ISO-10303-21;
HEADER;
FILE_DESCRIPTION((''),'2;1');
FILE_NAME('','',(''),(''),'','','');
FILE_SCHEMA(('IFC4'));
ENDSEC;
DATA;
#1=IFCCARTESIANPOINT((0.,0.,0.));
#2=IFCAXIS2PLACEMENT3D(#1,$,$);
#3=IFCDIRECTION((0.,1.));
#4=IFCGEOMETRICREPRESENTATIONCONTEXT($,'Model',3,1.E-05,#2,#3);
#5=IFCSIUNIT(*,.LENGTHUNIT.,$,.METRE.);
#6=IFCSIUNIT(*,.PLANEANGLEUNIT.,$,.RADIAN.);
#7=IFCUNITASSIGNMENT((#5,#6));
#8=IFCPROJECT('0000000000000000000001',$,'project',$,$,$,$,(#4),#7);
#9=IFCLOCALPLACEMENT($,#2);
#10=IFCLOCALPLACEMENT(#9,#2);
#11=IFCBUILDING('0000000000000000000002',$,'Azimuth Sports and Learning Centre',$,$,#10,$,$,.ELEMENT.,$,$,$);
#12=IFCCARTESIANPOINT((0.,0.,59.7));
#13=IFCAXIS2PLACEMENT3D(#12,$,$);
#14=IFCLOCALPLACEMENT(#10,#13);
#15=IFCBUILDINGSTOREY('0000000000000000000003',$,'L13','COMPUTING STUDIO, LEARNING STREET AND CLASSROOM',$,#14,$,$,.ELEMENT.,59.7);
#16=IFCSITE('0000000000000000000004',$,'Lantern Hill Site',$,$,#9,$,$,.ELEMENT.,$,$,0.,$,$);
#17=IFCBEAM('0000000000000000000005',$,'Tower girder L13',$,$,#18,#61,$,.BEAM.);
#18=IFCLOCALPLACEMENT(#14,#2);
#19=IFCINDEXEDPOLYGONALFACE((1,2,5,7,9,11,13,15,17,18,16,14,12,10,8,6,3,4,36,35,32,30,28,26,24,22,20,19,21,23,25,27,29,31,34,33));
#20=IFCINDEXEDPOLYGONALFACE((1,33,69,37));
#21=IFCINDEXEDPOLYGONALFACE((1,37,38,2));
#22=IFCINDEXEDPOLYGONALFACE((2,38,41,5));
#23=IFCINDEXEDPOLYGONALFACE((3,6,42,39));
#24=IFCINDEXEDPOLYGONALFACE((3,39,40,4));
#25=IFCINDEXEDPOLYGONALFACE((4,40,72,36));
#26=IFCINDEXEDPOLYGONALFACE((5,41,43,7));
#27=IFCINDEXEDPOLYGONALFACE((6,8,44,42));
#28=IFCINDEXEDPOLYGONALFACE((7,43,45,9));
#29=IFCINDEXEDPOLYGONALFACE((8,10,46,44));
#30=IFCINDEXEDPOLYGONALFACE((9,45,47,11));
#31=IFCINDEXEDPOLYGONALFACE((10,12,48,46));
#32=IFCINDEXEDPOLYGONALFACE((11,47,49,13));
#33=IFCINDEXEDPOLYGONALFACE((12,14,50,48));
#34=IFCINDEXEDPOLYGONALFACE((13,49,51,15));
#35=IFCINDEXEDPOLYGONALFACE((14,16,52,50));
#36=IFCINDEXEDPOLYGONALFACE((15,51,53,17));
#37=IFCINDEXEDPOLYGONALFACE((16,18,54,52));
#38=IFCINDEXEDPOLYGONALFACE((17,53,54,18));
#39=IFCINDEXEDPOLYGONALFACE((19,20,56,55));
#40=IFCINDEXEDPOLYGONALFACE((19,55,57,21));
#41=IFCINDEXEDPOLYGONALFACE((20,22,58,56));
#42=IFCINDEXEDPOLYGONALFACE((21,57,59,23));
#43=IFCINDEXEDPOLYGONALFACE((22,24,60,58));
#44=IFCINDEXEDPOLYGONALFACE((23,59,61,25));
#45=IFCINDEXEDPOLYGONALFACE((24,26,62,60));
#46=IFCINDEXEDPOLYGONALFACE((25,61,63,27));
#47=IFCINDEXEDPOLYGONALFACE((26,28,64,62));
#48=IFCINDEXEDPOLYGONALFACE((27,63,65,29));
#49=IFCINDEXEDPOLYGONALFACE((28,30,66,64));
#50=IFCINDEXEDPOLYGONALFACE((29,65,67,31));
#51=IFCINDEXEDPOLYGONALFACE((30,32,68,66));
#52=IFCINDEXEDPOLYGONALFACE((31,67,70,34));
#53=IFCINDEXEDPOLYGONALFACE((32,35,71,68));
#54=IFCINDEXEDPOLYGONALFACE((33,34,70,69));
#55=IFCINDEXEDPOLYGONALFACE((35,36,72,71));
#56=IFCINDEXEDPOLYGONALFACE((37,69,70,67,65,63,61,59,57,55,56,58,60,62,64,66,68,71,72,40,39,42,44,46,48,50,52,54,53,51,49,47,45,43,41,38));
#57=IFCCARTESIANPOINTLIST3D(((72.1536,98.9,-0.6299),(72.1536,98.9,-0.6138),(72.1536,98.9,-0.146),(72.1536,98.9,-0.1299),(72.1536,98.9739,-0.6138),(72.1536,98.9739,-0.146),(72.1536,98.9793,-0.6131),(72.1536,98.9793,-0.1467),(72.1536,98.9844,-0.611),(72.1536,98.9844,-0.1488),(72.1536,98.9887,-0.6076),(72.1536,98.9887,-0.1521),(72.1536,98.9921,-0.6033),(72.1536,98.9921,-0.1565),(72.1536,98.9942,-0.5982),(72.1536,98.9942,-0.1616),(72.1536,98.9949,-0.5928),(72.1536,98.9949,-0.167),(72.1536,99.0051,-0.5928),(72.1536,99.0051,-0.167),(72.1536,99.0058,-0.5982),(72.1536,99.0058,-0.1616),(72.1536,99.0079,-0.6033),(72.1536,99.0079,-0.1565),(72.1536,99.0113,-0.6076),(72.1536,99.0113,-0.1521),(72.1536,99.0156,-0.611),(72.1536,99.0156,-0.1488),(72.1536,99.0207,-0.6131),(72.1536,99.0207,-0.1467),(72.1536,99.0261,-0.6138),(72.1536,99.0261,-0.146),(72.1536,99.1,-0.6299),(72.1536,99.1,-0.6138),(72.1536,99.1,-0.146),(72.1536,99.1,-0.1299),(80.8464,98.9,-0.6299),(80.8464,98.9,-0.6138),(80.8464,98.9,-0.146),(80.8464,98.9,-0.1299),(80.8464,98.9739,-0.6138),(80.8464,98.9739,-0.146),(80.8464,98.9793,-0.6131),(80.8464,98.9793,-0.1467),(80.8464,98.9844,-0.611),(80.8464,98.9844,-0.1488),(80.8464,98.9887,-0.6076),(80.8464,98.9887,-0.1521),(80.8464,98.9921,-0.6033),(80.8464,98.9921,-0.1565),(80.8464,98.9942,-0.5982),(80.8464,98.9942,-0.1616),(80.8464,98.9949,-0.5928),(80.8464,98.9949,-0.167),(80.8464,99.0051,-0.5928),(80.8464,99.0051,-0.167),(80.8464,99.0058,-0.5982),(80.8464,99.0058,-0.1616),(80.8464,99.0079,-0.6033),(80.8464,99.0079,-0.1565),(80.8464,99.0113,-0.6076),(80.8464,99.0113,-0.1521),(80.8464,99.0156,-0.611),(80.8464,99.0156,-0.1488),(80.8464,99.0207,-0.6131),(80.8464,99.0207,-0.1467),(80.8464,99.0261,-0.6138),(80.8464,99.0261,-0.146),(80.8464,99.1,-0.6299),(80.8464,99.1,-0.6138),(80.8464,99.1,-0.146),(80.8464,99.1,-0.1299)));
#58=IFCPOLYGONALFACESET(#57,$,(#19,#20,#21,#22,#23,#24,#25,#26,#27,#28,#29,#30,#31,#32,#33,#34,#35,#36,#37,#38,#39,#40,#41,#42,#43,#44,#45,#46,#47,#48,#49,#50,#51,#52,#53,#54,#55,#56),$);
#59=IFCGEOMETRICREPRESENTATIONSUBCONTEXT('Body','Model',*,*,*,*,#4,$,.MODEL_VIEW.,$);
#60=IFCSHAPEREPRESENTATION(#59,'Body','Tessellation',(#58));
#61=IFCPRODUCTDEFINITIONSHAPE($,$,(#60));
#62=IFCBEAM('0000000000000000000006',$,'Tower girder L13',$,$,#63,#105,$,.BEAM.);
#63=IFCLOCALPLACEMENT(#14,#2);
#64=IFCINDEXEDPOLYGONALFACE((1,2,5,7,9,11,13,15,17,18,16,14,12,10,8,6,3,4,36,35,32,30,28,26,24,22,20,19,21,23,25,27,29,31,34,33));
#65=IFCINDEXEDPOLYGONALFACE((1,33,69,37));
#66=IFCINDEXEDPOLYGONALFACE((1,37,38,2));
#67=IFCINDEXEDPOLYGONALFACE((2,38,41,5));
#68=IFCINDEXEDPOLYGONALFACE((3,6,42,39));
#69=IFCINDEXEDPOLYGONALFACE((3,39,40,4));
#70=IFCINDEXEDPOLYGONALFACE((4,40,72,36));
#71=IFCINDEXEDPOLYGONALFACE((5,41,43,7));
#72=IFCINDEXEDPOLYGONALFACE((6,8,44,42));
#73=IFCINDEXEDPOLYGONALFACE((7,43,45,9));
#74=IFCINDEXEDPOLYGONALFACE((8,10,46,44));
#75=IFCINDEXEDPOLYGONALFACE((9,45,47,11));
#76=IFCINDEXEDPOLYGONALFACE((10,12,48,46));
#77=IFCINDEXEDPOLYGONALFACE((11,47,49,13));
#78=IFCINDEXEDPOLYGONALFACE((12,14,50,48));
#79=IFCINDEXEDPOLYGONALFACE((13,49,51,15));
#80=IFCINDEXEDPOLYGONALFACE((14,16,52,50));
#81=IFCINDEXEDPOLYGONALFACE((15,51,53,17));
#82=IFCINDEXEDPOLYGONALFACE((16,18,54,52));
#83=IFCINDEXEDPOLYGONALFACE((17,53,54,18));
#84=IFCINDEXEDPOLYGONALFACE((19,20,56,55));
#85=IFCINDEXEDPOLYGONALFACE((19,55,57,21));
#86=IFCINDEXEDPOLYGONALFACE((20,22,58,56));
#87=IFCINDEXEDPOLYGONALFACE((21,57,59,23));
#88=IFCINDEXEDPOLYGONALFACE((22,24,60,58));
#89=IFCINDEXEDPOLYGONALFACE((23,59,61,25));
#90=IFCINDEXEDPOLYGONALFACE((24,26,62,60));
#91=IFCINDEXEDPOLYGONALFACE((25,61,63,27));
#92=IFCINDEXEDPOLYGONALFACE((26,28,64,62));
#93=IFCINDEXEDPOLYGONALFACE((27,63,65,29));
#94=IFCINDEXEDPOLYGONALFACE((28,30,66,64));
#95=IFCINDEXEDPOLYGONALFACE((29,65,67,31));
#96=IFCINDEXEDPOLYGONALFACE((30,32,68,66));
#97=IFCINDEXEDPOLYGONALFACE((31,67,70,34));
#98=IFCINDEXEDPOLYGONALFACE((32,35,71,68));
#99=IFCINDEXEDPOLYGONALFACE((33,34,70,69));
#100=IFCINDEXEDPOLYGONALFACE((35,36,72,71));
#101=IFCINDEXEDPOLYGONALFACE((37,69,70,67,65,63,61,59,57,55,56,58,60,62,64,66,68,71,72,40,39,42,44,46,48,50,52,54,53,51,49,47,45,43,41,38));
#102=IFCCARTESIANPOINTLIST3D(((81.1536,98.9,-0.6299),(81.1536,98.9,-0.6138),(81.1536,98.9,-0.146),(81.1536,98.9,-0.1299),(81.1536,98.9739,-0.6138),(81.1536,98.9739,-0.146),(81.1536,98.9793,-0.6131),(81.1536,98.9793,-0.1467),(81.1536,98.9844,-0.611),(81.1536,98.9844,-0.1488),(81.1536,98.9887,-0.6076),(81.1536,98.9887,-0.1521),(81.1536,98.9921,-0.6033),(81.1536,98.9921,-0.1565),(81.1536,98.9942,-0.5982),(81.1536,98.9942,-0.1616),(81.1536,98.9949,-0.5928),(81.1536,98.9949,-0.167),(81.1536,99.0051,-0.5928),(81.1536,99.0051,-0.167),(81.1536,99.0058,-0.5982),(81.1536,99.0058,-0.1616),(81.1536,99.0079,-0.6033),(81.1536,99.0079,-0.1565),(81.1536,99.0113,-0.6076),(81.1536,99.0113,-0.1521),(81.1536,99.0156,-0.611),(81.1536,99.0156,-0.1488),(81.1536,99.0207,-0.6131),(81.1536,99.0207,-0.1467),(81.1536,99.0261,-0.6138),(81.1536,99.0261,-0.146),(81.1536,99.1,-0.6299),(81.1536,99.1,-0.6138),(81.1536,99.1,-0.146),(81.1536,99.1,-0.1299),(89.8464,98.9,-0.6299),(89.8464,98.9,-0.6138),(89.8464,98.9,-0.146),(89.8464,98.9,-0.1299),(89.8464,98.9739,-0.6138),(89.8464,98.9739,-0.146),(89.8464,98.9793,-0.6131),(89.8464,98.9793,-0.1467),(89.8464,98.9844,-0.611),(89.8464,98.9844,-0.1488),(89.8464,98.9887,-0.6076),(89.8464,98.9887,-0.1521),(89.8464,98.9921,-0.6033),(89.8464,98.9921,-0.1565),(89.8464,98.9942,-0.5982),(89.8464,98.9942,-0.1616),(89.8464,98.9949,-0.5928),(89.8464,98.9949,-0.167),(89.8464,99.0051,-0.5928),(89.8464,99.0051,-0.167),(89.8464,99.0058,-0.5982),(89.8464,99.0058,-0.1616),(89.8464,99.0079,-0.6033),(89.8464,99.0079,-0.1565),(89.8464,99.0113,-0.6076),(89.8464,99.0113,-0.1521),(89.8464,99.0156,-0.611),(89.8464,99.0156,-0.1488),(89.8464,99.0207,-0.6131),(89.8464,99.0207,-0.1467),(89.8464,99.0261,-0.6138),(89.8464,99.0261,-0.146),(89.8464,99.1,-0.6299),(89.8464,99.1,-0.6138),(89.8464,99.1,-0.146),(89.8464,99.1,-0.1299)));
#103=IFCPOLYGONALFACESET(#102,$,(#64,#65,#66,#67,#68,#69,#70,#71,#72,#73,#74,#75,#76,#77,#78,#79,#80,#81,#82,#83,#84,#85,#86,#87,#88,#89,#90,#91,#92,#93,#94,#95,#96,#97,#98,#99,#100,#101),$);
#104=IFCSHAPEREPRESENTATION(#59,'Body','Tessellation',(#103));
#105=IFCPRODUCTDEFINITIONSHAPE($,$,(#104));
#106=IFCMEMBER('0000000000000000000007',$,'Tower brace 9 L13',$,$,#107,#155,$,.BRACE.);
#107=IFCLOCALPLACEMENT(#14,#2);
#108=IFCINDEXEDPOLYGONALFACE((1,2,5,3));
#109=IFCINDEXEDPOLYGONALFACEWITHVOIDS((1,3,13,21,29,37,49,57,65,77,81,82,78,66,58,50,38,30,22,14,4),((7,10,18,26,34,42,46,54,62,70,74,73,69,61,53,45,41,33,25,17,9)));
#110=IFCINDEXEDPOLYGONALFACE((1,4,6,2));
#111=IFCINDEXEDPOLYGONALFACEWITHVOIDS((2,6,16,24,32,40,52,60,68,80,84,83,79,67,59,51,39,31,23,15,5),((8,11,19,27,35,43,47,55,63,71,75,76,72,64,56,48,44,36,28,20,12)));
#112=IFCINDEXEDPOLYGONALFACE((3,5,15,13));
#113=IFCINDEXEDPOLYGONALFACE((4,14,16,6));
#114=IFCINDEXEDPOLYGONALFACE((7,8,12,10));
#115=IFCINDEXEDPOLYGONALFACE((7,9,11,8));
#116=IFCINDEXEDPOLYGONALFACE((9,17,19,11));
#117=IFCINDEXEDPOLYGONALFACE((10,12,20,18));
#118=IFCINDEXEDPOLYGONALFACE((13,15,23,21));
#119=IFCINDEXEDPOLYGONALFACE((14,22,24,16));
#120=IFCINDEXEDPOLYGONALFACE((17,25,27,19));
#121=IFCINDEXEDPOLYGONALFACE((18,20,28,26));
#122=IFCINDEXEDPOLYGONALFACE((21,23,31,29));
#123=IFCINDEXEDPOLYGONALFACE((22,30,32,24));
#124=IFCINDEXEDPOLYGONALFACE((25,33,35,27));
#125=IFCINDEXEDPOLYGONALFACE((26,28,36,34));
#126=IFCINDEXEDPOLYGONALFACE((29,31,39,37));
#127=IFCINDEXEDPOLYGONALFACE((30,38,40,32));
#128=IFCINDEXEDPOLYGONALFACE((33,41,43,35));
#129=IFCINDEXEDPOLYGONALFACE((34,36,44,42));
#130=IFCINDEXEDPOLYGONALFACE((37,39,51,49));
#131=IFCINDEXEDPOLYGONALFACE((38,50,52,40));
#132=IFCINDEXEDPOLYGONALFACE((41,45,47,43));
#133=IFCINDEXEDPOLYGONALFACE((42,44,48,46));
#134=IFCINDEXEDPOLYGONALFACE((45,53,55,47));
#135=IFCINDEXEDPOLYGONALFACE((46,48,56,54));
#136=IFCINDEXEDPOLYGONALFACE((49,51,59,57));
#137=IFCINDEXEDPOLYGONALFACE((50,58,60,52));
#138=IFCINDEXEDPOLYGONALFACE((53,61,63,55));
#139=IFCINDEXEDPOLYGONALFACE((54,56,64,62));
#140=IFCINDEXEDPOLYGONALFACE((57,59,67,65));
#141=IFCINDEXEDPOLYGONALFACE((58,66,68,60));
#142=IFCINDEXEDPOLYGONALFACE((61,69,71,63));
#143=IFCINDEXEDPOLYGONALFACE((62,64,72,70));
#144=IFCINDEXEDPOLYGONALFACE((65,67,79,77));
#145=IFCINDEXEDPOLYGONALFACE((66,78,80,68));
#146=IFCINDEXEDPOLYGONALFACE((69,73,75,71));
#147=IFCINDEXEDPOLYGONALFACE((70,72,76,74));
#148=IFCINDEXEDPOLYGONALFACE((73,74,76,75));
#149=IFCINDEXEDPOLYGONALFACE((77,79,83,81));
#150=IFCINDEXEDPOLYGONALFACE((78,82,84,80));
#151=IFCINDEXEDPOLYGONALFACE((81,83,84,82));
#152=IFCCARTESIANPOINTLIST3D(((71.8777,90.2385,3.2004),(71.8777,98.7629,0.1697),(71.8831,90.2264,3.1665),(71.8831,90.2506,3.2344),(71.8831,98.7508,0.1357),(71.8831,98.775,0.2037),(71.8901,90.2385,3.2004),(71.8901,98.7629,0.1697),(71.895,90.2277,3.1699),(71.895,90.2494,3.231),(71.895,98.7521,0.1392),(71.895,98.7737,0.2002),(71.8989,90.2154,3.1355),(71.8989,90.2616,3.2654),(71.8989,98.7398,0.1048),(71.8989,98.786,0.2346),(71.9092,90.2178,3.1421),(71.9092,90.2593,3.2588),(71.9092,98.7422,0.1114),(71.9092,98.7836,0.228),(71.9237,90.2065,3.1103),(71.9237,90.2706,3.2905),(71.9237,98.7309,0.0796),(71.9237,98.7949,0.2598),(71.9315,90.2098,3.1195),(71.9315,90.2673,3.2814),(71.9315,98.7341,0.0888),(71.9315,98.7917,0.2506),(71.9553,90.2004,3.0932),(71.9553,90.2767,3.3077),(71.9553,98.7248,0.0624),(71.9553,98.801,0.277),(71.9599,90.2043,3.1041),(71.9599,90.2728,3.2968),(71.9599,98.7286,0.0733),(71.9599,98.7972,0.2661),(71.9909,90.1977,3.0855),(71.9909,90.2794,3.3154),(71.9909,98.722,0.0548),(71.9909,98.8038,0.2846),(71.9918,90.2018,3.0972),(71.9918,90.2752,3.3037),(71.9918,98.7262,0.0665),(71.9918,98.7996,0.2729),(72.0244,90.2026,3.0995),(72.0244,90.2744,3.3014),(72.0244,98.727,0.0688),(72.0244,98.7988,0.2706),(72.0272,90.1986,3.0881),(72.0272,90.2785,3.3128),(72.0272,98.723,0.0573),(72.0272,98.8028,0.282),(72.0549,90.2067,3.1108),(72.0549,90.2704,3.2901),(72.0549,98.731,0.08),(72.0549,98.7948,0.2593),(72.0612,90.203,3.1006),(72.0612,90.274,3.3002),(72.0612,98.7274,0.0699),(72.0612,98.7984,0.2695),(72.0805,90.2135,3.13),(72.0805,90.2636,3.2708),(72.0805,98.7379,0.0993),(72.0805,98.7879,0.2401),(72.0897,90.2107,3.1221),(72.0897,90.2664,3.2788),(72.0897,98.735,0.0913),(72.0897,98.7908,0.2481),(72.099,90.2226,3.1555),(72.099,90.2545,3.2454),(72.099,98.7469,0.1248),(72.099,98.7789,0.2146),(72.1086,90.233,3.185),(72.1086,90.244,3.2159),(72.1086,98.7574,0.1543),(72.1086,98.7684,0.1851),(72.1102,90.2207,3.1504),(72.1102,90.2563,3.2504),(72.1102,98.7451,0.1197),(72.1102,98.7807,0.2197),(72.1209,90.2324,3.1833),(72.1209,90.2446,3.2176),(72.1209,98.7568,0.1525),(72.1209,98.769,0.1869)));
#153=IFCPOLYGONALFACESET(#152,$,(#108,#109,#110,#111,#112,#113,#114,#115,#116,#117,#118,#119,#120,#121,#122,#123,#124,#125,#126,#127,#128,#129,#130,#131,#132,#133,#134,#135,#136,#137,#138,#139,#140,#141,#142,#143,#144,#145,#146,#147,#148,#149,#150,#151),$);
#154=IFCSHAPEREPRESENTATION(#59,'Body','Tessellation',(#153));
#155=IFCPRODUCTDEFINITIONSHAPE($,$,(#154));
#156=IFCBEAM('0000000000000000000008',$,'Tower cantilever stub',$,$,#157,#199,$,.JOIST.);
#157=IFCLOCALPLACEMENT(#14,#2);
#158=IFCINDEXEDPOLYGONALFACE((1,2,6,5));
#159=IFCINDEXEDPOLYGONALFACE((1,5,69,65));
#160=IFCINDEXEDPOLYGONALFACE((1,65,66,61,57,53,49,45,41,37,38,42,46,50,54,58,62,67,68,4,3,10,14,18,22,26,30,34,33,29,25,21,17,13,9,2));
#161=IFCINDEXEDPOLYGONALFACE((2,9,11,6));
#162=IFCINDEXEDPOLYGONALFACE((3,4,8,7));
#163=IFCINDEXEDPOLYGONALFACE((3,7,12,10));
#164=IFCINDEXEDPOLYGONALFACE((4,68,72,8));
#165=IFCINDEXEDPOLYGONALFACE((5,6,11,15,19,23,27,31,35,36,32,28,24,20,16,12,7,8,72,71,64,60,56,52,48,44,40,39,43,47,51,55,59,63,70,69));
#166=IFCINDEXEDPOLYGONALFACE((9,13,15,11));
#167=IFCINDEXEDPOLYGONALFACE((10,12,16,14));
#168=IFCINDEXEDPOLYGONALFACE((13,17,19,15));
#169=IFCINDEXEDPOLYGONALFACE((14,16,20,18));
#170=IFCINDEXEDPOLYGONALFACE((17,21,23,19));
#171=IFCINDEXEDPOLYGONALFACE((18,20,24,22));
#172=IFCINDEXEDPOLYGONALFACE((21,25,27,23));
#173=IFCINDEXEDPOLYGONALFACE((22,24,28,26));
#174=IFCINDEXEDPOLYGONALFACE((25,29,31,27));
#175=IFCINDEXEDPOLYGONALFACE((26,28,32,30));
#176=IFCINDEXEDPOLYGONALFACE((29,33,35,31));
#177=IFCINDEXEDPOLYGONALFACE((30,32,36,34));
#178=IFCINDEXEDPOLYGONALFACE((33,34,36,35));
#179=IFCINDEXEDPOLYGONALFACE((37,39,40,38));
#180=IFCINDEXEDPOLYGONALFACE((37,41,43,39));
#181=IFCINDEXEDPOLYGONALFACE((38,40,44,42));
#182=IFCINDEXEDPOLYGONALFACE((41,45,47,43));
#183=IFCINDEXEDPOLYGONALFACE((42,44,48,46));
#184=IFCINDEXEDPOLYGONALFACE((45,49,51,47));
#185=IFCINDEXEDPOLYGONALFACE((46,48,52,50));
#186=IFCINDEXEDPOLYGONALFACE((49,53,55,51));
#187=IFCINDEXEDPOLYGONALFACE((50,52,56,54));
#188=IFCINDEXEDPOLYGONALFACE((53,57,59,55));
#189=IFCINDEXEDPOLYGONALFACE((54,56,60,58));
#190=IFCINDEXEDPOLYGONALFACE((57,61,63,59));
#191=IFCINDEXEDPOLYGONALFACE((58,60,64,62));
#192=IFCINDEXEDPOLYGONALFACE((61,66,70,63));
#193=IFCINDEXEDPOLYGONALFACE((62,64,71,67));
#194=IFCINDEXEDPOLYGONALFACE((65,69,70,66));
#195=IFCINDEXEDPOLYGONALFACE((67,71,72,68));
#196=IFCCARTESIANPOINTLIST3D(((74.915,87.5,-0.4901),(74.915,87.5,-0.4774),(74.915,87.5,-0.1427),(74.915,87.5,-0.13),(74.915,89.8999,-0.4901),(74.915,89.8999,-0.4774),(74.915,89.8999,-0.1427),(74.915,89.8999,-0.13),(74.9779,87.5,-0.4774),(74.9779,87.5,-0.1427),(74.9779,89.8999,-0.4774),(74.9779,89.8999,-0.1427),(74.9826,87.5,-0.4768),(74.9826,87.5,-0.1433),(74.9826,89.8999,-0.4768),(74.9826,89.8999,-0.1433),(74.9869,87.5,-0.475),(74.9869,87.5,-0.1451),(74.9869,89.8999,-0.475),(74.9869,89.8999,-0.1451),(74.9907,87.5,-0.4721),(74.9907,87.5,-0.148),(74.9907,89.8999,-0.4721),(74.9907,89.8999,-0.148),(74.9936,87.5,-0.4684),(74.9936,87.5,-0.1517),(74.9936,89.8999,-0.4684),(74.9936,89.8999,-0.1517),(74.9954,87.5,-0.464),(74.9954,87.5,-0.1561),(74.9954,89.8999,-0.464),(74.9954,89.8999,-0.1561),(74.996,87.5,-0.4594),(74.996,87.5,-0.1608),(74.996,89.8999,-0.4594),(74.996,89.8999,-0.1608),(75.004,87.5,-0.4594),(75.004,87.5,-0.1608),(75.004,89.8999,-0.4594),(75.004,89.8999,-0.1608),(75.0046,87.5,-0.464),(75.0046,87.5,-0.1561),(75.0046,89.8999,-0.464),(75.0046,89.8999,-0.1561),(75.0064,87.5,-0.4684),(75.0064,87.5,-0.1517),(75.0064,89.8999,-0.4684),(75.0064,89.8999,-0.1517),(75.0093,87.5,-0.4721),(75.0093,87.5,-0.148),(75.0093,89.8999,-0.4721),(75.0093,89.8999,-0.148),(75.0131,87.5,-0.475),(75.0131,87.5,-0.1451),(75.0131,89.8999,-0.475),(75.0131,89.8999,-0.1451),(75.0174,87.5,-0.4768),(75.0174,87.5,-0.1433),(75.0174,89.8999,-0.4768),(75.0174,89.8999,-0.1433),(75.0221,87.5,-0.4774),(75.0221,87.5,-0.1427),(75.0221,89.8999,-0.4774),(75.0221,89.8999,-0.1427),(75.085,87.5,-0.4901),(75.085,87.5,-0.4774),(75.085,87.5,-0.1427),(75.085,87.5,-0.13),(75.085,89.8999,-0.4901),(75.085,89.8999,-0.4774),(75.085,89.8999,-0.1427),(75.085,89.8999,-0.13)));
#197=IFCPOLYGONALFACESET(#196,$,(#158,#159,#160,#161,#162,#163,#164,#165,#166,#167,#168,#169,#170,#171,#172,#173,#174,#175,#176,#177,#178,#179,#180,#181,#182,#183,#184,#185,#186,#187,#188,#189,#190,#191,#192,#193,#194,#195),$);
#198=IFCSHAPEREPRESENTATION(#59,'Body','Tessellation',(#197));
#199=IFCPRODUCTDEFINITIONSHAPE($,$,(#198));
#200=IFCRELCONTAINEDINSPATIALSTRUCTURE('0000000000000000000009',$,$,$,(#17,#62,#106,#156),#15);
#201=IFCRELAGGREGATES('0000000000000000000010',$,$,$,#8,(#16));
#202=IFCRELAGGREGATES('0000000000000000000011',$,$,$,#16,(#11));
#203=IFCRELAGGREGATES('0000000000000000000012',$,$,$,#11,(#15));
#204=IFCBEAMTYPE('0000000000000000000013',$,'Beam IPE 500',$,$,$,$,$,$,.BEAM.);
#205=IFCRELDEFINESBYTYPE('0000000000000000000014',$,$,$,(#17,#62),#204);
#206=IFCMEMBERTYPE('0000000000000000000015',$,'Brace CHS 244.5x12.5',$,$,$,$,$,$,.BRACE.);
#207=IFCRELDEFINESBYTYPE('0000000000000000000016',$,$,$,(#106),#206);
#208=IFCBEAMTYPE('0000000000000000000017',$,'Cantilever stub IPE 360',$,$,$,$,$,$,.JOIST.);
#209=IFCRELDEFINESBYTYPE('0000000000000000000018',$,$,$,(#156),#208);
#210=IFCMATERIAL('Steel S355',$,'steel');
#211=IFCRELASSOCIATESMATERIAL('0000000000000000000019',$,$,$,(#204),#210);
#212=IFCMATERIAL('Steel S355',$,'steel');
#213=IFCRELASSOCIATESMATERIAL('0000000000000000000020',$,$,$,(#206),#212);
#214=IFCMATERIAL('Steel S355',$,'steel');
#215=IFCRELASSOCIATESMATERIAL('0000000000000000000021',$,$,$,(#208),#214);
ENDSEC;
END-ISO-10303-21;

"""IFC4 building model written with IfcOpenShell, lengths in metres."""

from ifc_helpers import new_model, si_unit, direction, frame, origin, origin_2d, place, context, subcontext, project, spatial, hollow_circle, i_section, extrude, material, material_profile, profile_set, type_object, element, save


model = new_model("IFC4")

# Units and contexts
model_context = context("Model", 3, precision=1e-05, world=origin(), true_north=direction((0.0, 1.0)))
body_context = subcontext(model_context, "Body", "Model", "MODEL_VIEW")
ifc_project = project(units=[si_unit("LENGTHUNIT", "METRE"), si_unit("PLANEANGLEUNIT", "RADIAN")], contexts=[model_context])

# Site, building, storey
site_placement = place(None, origin())
site = spatial("IfcSite", under=ifc_project, at=site_placement, Name="Lantern Hill Site", CompositionType="ELEMENT", RefElevation=0.0)
building_placement = place(site_placement, origin())
building = spatial("IfcBuilding", under=site, at=building_placement, Name="Azimuth Sports and Learning Centre", CompositionType="ELEMENT")
storey_placement = place(building_placement, frame((0.0, 0.0, 59.7)))
storey = spatial("IfcBuildingStorey", under=building, at=storey_placement, Name="L13", Description="COMPUTING STUDIO, LEARNING STREET AND CLASSROOM", CompositionType="ELEMENT", Elevation=59.7)

# Beams
ifc_material_1 = material(Name="Steel S355", Category="steel")
ifc_material_profile_1 = material_profile(ifc_material_1, i_section(OverallWidth=0.2, OverallDepth=0.5, WebThickness=0.0103, FlangeThickness=0.0161, FilletRadius=0.021, at=origin_2d()), Name="IPE 500")
ifc_profile_set_1 = profile_set([ifc_material_profile_1], Name="Steel S355")
beam_type_1 = type_object("IfcBeamType", Name="Beam IPE 500", PredefinedType="BEAM", material=ifc_profile_set_1)
for number, where, z_axis, x_axis, name in (
    (1, (72.1536, 99.0, -0.3799), (1.0, 0.0, 0.0), (0.0, 1.0, 0.0), "Tower girder L13"),
    (2, (81.1536, 99.0, -0.3799), (1.0, 0.0, 0.0), (0.0, 1.0, 0.0), "Tower girder L13"),
):
    element("IfcBeam", number, at=place(storey_placement, frame(where, z_axis=z_axis, x_axis=x_axis)), inside=storey, type_object=beam_type_1, Name=name, PredefinedType="BEAM", context=body_context, shape_type="SweptSolid", body=[
        extrude(i_section(OverallWidth=0.2, OverallDepth=0.5, WebThickness=0.0103, FlangeThickness=0.0161, FilletRadius=0.021, at=origin_2d()), origin(), (0.0, 0.0, 1.0), 8.6929),
    ])

# Member
ifc_material_2 = material(Name="Steel S355", Category="steel")
ifc_material_profile_2 = material_profile(ifc_material_2, hollow_circle(Radius=0.1223, WallThickness=0.0125, at=origin_2d()), Name="CHS 244.5x12.5")
ifc_profile_set_2 = profile_set([ifc_material_profile_2], Name="Steel S355")
member_type = type_object("IfcMemberType", Name="Brace CHS 244.5x12.5", PredefinedType="BRACE", material=ifc_profile_set_2)
member_placement = place(storey_placement, frame((72.0, 90.2385, 3.2004), z_axis=(0.0, 0.94222, -0.334996), x_axis=(-1.0, 0.0, 0.0)))
element("IfcMember", 3, at=member_placement, inside=storey, type_object=member_type, Name="Tower brace 9 L13", PredefinedType="BRACE", context=body_context, shape_type="SweptSolid", body=[
    extrude(hollow_circle(Radius=0.1223, WallThickness=0.0125, at=origin_2d()), origin(), (0.0, 0.0, 1.0), 9.0471),
])

# Beam
ifc_material_3 = material(Name="Steel S355", Category="steel")
ifc_material_profile_3 = material_profile(ifc_material_3, i_section(OverallWidth=0.1699, OverallDepth=0.3601, WebThickness=0.0081, FlangeThickness=0.0127, FilletRadius=0.0181, at=origin_2d()), Name="IPE 360")
ifc_profile_set_3 = profile_set([ifc_material_profile_3], Name="Steel S355")
beam_type_2 = type_object("IfcBeamType", Name="Cantilever stub IPE 360", PredefinedType="JOIST", material=ifc_profile_set_3)
beam_1_placement = place(storey_placement, frame((75.0, 89.8999, -0.3101), z_axis=(0.0, -1.0, 0.0), x_axis=(1.0, 0.0, 0.0)))
element("IfcBeam", 4, at=beam_1_placement, inside=storey, type_object=beam_type_2, Name="Tower cantilever stub", PredefinedType="JOIST", context=body_context, shape_type="SweptSolid", body=[
    extrude(i_section(OverallWidth=0.1699, OverallDepth=0.3601, WebThickness=0.0081, FlangeThickness=0.0127, FilletRadius=0.0181, at=origin_2d()), origin(), (0.0, 0.0, 1.0), 2.3999),
])

save(model, "model.ifc")
